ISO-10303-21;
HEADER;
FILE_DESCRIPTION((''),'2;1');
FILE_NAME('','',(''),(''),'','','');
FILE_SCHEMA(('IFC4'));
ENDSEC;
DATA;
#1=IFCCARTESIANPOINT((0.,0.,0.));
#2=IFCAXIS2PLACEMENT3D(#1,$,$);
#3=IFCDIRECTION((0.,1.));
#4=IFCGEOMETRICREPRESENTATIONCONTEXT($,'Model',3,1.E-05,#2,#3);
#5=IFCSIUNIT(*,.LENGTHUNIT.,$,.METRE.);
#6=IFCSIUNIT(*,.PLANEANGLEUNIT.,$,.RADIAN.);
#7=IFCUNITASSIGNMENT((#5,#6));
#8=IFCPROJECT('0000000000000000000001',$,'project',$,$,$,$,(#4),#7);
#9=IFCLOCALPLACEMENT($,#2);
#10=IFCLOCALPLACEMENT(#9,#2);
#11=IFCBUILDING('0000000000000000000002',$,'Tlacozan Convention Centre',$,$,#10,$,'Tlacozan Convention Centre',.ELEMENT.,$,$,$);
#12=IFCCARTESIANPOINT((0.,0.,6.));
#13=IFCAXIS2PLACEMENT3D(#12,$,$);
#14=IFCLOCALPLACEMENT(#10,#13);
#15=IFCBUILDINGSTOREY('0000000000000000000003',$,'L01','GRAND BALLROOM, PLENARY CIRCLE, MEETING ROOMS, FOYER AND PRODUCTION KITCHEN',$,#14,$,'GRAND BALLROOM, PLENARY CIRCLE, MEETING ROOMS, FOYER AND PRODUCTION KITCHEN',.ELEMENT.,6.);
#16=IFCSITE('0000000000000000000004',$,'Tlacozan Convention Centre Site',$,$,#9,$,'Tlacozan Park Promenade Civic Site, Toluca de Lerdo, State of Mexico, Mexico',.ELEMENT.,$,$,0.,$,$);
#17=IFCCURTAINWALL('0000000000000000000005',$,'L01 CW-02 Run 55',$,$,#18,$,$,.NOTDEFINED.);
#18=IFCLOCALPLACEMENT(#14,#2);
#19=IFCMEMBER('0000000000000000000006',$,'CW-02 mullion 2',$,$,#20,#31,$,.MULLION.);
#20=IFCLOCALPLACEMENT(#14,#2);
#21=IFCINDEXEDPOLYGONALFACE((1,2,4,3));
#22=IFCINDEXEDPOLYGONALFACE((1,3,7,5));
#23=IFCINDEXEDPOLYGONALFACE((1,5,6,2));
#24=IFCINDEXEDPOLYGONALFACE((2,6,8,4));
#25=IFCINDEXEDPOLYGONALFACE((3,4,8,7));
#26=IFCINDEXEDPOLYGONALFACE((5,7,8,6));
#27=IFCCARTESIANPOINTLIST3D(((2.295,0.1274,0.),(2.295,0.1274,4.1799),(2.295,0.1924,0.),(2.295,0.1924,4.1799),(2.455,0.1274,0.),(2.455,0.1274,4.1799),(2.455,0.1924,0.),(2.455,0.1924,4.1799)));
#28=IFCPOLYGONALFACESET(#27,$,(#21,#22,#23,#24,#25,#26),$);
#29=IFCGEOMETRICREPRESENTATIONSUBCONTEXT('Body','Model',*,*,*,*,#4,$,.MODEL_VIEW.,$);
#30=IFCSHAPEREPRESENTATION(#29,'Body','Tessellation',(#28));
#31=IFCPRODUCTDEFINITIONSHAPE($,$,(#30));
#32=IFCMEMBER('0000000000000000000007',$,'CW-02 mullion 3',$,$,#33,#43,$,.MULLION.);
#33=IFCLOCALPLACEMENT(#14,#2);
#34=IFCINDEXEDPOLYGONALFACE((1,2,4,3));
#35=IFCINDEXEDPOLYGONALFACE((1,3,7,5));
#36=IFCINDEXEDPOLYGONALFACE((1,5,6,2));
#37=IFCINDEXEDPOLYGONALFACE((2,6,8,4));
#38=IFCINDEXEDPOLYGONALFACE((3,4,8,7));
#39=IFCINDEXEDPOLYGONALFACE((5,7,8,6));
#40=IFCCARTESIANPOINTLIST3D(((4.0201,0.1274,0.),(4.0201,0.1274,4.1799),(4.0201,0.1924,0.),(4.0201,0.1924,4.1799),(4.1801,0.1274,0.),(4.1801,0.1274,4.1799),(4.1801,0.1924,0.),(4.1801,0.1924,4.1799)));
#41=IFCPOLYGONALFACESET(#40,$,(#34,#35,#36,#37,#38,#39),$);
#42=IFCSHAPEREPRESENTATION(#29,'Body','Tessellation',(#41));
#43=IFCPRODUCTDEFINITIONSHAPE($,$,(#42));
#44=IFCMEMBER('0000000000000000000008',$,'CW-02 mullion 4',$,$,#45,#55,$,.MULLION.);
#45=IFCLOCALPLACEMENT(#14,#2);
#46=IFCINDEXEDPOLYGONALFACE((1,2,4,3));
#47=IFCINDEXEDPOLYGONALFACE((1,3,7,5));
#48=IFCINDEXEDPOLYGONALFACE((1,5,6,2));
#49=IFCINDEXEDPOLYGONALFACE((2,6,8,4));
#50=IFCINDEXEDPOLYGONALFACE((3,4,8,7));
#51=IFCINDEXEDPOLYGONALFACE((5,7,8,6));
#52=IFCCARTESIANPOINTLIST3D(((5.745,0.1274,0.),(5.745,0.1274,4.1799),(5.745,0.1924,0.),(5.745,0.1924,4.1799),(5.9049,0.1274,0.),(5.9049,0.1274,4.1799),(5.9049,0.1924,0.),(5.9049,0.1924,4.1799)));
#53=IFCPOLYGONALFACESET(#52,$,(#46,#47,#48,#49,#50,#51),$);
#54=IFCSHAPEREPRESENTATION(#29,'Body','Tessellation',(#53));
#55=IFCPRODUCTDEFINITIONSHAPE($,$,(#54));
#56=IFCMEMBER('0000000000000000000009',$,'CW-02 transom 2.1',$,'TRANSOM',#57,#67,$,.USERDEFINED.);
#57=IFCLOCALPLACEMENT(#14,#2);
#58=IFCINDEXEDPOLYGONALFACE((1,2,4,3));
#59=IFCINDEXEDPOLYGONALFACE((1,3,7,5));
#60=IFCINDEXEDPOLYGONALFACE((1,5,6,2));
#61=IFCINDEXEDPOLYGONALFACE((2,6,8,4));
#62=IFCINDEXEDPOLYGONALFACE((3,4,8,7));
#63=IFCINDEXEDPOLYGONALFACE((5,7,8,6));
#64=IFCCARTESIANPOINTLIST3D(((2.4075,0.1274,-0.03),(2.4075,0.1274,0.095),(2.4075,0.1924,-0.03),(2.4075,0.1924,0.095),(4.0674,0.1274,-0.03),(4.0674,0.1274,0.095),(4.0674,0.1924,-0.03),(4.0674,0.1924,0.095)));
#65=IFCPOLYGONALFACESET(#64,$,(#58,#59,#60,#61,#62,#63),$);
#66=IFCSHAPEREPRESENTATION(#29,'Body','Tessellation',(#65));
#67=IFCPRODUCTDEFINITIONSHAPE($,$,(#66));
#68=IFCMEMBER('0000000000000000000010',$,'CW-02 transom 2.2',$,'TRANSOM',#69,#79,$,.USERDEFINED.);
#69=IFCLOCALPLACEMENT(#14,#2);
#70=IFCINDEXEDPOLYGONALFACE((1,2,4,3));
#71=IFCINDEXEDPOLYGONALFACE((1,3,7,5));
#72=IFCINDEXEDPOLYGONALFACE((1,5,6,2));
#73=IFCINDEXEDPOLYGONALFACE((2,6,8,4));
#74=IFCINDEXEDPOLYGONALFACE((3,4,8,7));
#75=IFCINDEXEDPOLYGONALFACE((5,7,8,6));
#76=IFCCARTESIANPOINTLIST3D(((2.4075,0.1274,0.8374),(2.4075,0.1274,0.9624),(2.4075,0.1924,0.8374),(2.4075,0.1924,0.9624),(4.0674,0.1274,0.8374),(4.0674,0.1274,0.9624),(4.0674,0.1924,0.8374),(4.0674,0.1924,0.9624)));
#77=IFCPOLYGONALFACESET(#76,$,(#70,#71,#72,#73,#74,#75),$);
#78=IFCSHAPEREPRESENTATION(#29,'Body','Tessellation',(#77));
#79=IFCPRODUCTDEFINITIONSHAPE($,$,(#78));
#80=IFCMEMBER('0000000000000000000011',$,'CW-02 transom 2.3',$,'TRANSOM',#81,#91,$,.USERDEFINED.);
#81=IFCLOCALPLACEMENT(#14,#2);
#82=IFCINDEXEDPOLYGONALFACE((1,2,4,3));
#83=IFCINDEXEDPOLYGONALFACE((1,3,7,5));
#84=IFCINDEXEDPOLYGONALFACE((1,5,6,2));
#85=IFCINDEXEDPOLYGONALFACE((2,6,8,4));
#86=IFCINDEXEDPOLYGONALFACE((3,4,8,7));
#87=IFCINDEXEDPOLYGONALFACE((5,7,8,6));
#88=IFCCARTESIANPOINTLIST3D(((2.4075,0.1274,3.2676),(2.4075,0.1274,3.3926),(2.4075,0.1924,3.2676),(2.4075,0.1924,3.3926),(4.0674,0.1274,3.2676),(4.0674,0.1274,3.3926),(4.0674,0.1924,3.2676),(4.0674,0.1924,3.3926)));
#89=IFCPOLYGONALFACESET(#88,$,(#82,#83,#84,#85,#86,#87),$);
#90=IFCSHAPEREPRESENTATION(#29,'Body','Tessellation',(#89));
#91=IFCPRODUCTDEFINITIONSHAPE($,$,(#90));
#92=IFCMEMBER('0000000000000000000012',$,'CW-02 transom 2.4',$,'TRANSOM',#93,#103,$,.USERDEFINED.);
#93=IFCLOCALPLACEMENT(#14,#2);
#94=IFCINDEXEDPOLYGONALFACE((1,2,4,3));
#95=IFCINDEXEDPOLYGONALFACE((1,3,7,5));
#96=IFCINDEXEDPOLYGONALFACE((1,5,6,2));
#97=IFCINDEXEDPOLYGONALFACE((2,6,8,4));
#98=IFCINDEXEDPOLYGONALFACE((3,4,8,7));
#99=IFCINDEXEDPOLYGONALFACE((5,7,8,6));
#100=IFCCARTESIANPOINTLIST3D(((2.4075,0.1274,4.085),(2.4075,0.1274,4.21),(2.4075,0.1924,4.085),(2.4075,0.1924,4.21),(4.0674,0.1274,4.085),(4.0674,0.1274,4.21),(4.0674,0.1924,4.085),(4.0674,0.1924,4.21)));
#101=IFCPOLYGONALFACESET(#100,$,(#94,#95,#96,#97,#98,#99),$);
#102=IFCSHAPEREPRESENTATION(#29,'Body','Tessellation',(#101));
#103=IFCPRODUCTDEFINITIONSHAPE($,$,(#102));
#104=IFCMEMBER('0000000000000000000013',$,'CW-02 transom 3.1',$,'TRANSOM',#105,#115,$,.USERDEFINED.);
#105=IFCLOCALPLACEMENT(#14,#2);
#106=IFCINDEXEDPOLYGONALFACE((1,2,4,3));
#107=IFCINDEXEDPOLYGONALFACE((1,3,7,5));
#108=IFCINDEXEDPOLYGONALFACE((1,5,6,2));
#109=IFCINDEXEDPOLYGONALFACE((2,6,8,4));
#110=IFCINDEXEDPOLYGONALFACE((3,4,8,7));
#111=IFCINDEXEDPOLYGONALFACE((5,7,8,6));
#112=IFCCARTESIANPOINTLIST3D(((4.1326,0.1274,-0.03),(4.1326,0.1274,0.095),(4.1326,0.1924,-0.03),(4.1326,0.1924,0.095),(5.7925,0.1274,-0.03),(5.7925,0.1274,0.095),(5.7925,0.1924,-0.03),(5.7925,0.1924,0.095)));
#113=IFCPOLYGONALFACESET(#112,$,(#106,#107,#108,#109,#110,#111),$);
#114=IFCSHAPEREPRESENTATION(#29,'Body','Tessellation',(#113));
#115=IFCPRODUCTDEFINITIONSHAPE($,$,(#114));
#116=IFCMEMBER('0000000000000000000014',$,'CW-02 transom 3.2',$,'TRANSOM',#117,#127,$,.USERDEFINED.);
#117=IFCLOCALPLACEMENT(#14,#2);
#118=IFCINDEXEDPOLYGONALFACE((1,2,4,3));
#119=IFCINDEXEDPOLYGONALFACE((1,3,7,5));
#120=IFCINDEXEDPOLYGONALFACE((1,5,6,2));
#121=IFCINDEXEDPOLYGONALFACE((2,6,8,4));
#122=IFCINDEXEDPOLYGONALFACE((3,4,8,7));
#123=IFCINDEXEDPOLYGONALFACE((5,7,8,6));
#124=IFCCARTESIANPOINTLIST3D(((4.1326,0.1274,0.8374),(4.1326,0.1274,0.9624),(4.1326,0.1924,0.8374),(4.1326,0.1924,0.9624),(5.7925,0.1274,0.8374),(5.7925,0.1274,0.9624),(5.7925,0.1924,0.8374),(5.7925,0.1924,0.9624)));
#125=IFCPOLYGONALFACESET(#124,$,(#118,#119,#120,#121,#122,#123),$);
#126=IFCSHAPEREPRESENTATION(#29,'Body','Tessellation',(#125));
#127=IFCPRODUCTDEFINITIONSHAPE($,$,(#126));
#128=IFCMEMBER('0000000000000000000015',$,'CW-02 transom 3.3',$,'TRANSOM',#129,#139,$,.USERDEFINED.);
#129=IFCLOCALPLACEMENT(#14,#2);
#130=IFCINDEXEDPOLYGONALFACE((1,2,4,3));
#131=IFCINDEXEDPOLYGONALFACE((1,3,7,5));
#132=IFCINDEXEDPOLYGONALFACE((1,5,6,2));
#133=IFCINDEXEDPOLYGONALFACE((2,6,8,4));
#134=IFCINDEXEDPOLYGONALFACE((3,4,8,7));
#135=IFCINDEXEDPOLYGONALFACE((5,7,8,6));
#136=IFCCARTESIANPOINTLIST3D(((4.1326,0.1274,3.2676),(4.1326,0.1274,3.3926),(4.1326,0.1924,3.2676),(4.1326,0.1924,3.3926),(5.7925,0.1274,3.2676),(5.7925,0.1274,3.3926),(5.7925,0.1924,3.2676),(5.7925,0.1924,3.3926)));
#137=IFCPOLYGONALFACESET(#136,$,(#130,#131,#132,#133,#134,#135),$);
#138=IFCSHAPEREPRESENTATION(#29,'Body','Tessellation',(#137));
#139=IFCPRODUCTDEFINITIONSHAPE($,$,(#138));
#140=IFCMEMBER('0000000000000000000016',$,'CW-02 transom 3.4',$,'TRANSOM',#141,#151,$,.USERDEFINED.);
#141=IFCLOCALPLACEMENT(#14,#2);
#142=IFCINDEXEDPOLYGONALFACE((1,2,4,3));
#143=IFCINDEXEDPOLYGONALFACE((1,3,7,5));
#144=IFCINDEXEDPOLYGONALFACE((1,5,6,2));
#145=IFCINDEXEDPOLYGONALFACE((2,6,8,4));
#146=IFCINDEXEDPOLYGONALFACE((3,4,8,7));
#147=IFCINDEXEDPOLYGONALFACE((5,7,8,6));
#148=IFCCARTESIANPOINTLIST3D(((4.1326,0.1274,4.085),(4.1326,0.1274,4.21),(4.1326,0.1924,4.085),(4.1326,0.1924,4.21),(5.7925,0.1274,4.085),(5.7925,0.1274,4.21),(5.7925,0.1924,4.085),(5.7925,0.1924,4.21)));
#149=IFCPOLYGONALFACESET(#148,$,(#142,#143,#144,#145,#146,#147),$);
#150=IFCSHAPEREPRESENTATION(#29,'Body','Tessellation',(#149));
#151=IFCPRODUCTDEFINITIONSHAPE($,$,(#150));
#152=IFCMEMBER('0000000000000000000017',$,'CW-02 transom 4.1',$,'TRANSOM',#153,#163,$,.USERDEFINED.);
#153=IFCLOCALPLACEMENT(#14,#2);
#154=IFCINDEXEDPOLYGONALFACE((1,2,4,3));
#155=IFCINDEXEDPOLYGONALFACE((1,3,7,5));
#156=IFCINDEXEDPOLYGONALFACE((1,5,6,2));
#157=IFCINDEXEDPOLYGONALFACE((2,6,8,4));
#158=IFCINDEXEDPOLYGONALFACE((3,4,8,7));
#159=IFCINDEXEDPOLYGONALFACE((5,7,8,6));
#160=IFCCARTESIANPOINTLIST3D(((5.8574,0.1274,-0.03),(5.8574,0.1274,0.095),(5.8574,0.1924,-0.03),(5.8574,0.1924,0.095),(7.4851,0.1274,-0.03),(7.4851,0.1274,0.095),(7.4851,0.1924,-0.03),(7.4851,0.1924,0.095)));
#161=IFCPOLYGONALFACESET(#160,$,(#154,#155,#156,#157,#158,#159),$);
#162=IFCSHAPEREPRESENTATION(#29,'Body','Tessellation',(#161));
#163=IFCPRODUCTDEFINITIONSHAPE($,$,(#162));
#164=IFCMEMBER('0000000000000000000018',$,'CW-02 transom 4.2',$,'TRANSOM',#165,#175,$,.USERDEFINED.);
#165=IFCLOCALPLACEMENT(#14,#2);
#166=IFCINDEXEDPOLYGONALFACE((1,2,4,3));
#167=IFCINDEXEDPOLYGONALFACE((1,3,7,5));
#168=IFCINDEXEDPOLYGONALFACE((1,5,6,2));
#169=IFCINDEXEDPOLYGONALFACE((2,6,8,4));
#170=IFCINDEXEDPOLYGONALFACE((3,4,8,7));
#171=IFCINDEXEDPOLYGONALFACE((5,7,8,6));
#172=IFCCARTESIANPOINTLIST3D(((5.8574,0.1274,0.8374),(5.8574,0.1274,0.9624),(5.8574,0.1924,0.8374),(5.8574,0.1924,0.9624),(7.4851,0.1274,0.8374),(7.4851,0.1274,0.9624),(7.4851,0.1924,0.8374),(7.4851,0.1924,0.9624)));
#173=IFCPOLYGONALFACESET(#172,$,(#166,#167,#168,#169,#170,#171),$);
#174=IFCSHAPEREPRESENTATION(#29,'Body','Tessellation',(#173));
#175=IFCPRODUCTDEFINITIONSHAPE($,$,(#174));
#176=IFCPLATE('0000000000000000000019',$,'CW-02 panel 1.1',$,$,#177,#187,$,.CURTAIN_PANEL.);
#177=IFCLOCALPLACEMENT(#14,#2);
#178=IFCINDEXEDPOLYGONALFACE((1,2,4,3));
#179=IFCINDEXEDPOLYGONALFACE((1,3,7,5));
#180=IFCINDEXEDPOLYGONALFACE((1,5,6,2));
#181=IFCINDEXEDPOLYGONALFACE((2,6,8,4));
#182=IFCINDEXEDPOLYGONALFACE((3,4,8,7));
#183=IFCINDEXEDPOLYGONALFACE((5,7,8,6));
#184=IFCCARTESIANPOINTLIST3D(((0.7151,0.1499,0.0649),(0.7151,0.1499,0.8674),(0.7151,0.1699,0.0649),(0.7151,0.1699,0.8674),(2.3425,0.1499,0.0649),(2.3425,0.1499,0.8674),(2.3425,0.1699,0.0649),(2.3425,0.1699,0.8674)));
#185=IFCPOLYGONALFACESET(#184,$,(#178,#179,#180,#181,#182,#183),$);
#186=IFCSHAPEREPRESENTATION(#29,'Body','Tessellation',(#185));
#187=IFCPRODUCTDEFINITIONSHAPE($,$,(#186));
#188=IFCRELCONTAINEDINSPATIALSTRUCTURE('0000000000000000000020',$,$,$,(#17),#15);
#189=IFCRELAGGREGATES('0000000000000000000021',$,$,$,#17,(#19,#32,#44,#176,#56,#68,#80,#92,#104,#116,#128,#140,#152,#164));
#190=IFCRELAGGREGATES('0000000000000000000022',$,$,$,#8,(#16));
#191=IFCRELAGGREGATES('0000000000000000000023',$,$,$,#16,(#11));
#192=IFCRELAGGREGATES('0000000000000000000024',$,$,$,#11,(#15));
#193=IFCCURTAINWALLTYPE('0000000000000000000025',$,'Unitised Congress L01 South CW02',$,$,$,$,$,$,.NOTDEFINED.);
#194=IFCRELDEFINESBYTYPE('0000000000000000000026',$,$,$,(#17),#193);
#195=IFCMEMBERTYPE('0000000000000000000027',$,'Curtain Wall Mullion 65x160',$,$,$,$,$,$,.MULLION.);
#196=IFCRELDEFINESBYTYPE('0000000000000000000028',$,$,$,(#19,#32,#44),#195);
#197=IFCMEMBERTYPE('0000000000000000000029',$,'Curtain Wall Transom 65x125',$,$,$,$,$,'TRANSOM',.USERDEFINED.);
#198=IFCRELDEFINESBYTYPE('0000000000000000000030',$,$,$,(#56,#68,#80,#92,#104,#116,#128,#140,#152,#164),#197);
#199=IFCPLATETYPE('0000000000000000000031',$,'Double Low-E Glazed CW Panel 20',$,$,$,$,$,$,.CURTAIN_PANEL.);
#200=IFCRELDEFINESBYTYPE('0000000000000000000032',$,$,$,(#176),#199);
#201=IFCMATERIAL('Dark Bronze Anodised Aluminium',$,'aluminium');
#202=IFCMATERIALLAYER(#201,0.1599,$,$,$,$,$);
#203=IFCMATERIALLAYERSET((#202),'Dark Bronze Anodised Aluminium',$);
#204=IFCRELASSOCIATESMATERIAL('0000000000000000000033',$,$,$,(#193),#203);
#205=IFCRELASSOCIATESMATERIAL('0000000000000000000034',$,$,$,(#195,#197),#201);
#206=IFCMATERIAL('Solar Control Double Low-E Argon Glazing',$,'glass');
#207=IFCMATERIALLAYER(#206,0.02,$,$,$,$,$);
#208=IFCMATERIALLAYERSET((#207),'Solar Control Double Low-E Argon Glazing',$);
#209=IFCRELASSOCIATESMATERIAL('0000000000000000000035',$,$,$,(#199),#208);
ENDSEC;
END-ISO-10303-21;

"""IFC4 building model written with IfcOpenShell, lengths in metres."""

from ifc_helpers import new_model, si_unit, direction, frame, origin, origin_2d, place, context, subcontext, project, spatial, rectangle, extrude, material, layer, layer_set, material_profile, profile_set, type_object, element, aggregate, save


model = new_model("IFC4")

# Units and contexts
model_context = context("Model", 3, precision=1e-05, world=origin(), true_north=direction((0.0, 1.0)))
body_context = subcontext(model_context, "Body", "Model", "MODEL_VIEW")
ifc_project = project(units=[si_unit("LENGTHUNIT", "METRE"), si_unit("PLANEANGLEUNIT", "RADIAN")], contexts=[model_context])

# Site, building, storey
site_placement = place(None, origin())
site = spatial("IfcSite", under=ifc_project, at=site_placement, Name="Tlacozan Convention Centre Site", LongName="Tlacozan Park Promenade Civic Site, Toluca de Lerdo, State of Mexico, Mexico", CompositionType="ELEMENT", RefElevation=0.0)
building_placement = place(site_placement, origin())
building = spatial("IfcBuilding", under=site, at=building_placement, Name="Tlacozan Convention Centre", LongName="Tlacozan Convention Centre", CompositionType="ELEMENT")
storey_placement = place(building_placement, frame((0.0, 0.0, 6.0)))
storey = spatial("IfcBuildingStorey", under=building, at=storey_placement, Name="L01", Description="GRAND BALLROOM, PLENARY CIRCLE, MEETING ROOMS, FOYER AND PRODUCTION KITCHEN", LongName="GRAND BALLROOM, PLENARY CIRCLE, MEETING ROOMS, FOYER AND PRODUCTION KITCHEN", CompositionType="ELEMENT", Elevation=6.0)

# Curtain wall, members, plate
ifc_material_1 = material(Name="Dark Bronze Anodised Aluminium", Category="aluminium")
ifc_layer_1 = layer(ifc_material_1, 0.1599)
ifc_layer_set_1 = layer_set([ifc_layer_1], Name="Dark Bronze Anodised Aluminium")
curtain_wall_type = type_object("IfcCurtainWallType", Name="Unitised Congress L01 South CW02", PredefinedType="NOTDEFINED", material=ifc_layer_set_1)
curtain_wall_placement = place(storey_placement, origin())
curtain_wall = element("IfcCurtainWall", 1, at=curtain_wall_placement, inside=storey, type_object=curtain_wall_type, Name="L01 CW-02 Run 55", PredefinedType="NOTDEFINED")
ifc_material_profile_1 = material_profile(ifc_material_1, rectangle(XDim=0.0649, YDim=0.1599, at=origin_2d()), Name="ALU 65x160")
ifc_profile_set_1 = profile_set([ifc_material_profile_1], Name="Dark Bronze Anodised Aluminium")
member_type_1 = type_object("IfcMemberType", Name="Curtain Wall Mullion 65x160", PredefinedType="MULLION", material=ifc_profile_set_1)
member_1_placement = place(storey_placement, frame((2.375, 0.1599, 0.0), z_axis=(0.0, 0.0, 1.0), x_axis=(0.0, 1.0, 0.0)))
member_1 = element("IfcMember", 2, at=member_1_placement, type_object=member_type_1, Name="CW-02 mullion 2", PredefinedType="MULLION", context=body_context, shape_type="SweptSolid", body=[
    extrude(rectangle(XDim=0.0649, YDim=0.1599, at=origin_2d()), origin(), (0.0, 0.0, 1.0), 4.1799),
])
member_2_placement = place(storey_placement, frame((4.1001, 0.1599, 0.0), z_axis=(0.0, 0.0, 1.0), x_axis=(0.0, 1.0, 0.0)))
member_2 = element("IfcMember", 3, at=member_2_placement, type_object=member_type_1, Name="CW-02 mullion 3", PredefinedType="MULLION", context=body_context, shape_type="SweptSolid", body=[
    extrude(rectangle(XDim=0.0649, YDim=0.1599, at=origin_2d()), origin(), (0.0, 0.0, 1.0), 4.1799),
])
member_3_placement = place(storey_placement, frame((5.825, 0.1599, 0.0), z_axis=(0.0, 0.0, 1.0), x_axis=(0.0, 1.0, 0.0)))
member_3 = element("IfcMember", 4, at=member_3_placement, type_object=member_type_1, Name="CW-02 mullion 4", PredefinedType="MULLION", context=body_context, shape_type="SweptSolid", body=[
    extrude(rectangle(XDim=0.0649, YDim=0.1599, at=origin_2d()), origin(), (0.0, 0.0, 1.0), 4.1799),
])
ifc_material_profile_2 = material_profile(ifc_material_1, rectangle(XDim=0.0649, YDim=0.125, at=origin_2d()), Name="ALU 65x125")
ifc_profile_set_2 = profile_set([ifc_material_profile_2], Name="Dark Bronze Anodised Aluminium")
member_type_2 = type_object("IfcMemberType", Name="Curtain Wall Transom 65x125", ElementType="TRANSOM", PredefinedType="USERDEFINED", material=ifc_profile_set_2)
member_4_placement = place(storey_placement, frame((2.4075, 0.1599, 0.0325), z_axis=(1.0, 0.0, 0.0), x_axis=(0.0, 1.0, 0.0)))
member_4 = element("IfcMember", 5, at=member_4_placement, type_object=member_type_2, Name="CW-02 transom 2.1", ObjectType="TRANSOM", PredefinedType="USERDEFINED", context=body_context, shape_type="SweptSolid", body=[
    extrude(rectangle(XDim=0.0649, YDim=0.125, at=origin_2d()), origin(), (0.0, 0.0, 1.0), 1.6599),
])
member_5_placement = place(storey_placement, frame((2.4075, 0.1599, 0.8999), z_axis=(1.0, 0.0, 0.0), x_axis=(0.0, 1.0, 0.0)))
member_5 = element("IfcMember", 6, at=member_5_placement, type_object=member_type_2, Name="CW-02 transom 2.2", ObjectType="TRANSOM", PredefinedType="USERDEFINED", context=body_context, shape_type="SweptSolid", body=[
    extrude(rectangle(XDim=0.0649, YDim=0.125, at=origin_2d()), origin(), (0.0, 0.0, 1.0), 1.6599),
])
member_6_placement = place(storey_placement, frame((2.4075, 0.1599, 3.3301), z_axis=(1.0, 0.0, 0.0), x_axis=(0.0, 1.0, 0.0)))
member_6 = element("IfcMember", 7, at=member_6_placement, type_object=member_type_2, Name="CW-02 transom 2.3", ObjectType="TRANSOM", PredefinedType="USERDEFINED", context=body_context, shape_type="SweptSolid", body=[
    extrude(rectangle(XDim=0.0649, YDim=0.125, at=origin_2d()), origin(), (0.0, 0.0, 1.0), 1.6599),
])
member_7_placement = place(storey_placement, frame((2.4075, 0.1599, 4.1475), z_axis=(1.0, 0.0, 0.0), x_axis=(0.0, 1.0, 0.0)))
member_7 = element("IfcMember", 8, at=member_7_placement, type_object=member_type_2, Name="CW-02 transom 2.4", ObjectType="TRANSOM", PredefinedType="USERDEFINED", context=body_context, shape_type="SweptSolid", body=[
    extrude(rectangle(XDim=0.0649, YDim=0.125, at=origin_2d()), origin(), (0.0, 0.0, 1.0), 1.6599),
])
member_8_placement = place(storey_placement, frame((4.1326, 0.1599, 0.0325), z_axis=(1.0, 0.0, 0.0), x_axis=(0.0, 1.0, 0.0)))
member_8 = element("IfcMember", 9, at=member_8_placement, type_object=member_type_2, Name="CW-02 transom 3.1", ObjectType="TRANSOM", PredefinedType="USERDEFINED", context=body_context, shape_type="SweptSolid", body=[
    extrude(rectangle(XDim=0.0649, YDim=0.125, at=origin_2d()), origin(), (0.0, 0.0, 1.0), 1.6599),
])
member_9_placement = place(storey_placement, frame((4.1326, 0.1599, 0.8999), z_axis=(1.0, 0.0, 0.0), x_axis=(0.0, 1.0, 0.0)))
member_9 = element("IfcMember", 10, at=member_9_placement, type_object=member_type_2, Name="CW-02 transom 3.2", ObjectType="TRANSOM", PredefinedType="USERDEFINED", context=body_context, shape_type="SweptSolid", body=[
    extrude(rectangle(XDim=0.0649, YDim=0.125, at=origin_2d()), origin(), (0.0, 0.0, 1.0), 1.6599),
])
member_10_placement = place(storey_placement, frame((4.1326, 0.1599, 3.3301), z_axis=(1.0, 0.0, 0.0), x_axis=(0.0, 1.0, 0.0)))
member_10 = element("IfcMember", 11, at=member_10_placement, type_object=member_type_2, Name="CW-02 transom 3.3", ObjectType="TRANSOM", PredefinedType="USERDEFINED", context=body_context, shape_type="SweptSolid", body=[
    extrude(rectangle(XDim=0.0649, YDim=0.125, at=origin_2d()), origin(), (0.0, 0.0, 1.0), 1.6599),
])
member_11_placement = place(storey_placement, frame((4.1326, 0.1599, 4.1475), z_axis=(1.0, 0.0, 0.0), x_axis=(0.0, 1.0, 0.0)))
member_11 = element("IfcMember", 12, at=member_11_placement, type_object=member_type_2, Name="CW-02 transom 3.4", ObjectType="TRANSOM", PredefinedType="USERDEFINED", context=body_context, shape_type="SweptSolid", body=[
    extrude(rectangle(XDim=0.0649, YDim=0.125, at=origin_2d()), origin(), (0.0, 0.0, 1.0), 1.6599),
])
member_12_placement = place(storey_placement, frame((5.8574, 0.1599, 0.0325), z_axis=(1.0, 0.0, 0.0), x_axis=(0.0, 1.0, 0.0)))
member_12 = element("IfcMember", 13, at=member_12_placement, type_object=member_type_2, Name="CW-02 transom 4.1", ObjectType="TRANSOM", PredefinedType="USERDEFINED", context=body_context, shape_type="SweptSolid", body=[
    extrude(rectangle(XDim=0.0649, YDim=0.125, at=origin_2d()), origin(), (0.0, 0.0, 1.0), 1.6277),
])
member_13_placement = place(storey_placement, frame((5.8574, 0.1599, 0.8999), z_axis=(1.0, 0.0, 0.0), x_axis=(0.0, 1.0, 0.0)))
member_13 = element("IfcMember", 14, at=member_13_placement, type_object=member_type_2, Name="CW-02 transom 4.2", ObjectType="TRANSOM", PredefinedType="USERDEFINED", context=body_context, shape_type="SweptSolid", body=[
    extrude(rectangle(XDim=0.0649, YDim=0.125, at=origin_2d()), origin(), (0.0, 0.0, 1.0), 1.6277),
])
ifc_material_2 = material(Name="Solar Control Double Low-E Argon Glazing", Category="glass")
ifc_layer_2 = layer(ifc_material_2, 0.02)
ifc_layer_set_2 = layer_set([ifc_layer_2], Name="Solar Control Double Low-E Argon Glazing")
plate_type = type_object("IfcPlateType", Name="Double Low-E Glazed CW Panel 20", PredefinedType="CURTAIN_PANEL", material=ifc_layer_set_2)
plate_1_placement = place(storey_placement, frame((1.5288, 0.1599, 0.0649), z_axis=(0.0, 0.0, 1.0), x_axis=(1.0, 0.0, 0.0)))
plate_1 = element("IfcPlate", 15, at=plate_1_placement, type_object=plate_type, Name="CW-02 panel 1.1", PredefinedType="CURTAIN_PANEL", context=body_context, shape_type="SweptSolid", body=[
    extrude(rectangle(XDim=1.6274, YDim=0.02, at=origin_2d()), origin(), (0.0, 0.0, 1.0), 0.8025),
])
aggregate(curtain_wall, [member_1, member_2, member_3, plate_1, member_4, member_5, member_6, member_7, member_8, member_9, member_10, member_11, member_12, member_13])

save(model, "model.ifc")
